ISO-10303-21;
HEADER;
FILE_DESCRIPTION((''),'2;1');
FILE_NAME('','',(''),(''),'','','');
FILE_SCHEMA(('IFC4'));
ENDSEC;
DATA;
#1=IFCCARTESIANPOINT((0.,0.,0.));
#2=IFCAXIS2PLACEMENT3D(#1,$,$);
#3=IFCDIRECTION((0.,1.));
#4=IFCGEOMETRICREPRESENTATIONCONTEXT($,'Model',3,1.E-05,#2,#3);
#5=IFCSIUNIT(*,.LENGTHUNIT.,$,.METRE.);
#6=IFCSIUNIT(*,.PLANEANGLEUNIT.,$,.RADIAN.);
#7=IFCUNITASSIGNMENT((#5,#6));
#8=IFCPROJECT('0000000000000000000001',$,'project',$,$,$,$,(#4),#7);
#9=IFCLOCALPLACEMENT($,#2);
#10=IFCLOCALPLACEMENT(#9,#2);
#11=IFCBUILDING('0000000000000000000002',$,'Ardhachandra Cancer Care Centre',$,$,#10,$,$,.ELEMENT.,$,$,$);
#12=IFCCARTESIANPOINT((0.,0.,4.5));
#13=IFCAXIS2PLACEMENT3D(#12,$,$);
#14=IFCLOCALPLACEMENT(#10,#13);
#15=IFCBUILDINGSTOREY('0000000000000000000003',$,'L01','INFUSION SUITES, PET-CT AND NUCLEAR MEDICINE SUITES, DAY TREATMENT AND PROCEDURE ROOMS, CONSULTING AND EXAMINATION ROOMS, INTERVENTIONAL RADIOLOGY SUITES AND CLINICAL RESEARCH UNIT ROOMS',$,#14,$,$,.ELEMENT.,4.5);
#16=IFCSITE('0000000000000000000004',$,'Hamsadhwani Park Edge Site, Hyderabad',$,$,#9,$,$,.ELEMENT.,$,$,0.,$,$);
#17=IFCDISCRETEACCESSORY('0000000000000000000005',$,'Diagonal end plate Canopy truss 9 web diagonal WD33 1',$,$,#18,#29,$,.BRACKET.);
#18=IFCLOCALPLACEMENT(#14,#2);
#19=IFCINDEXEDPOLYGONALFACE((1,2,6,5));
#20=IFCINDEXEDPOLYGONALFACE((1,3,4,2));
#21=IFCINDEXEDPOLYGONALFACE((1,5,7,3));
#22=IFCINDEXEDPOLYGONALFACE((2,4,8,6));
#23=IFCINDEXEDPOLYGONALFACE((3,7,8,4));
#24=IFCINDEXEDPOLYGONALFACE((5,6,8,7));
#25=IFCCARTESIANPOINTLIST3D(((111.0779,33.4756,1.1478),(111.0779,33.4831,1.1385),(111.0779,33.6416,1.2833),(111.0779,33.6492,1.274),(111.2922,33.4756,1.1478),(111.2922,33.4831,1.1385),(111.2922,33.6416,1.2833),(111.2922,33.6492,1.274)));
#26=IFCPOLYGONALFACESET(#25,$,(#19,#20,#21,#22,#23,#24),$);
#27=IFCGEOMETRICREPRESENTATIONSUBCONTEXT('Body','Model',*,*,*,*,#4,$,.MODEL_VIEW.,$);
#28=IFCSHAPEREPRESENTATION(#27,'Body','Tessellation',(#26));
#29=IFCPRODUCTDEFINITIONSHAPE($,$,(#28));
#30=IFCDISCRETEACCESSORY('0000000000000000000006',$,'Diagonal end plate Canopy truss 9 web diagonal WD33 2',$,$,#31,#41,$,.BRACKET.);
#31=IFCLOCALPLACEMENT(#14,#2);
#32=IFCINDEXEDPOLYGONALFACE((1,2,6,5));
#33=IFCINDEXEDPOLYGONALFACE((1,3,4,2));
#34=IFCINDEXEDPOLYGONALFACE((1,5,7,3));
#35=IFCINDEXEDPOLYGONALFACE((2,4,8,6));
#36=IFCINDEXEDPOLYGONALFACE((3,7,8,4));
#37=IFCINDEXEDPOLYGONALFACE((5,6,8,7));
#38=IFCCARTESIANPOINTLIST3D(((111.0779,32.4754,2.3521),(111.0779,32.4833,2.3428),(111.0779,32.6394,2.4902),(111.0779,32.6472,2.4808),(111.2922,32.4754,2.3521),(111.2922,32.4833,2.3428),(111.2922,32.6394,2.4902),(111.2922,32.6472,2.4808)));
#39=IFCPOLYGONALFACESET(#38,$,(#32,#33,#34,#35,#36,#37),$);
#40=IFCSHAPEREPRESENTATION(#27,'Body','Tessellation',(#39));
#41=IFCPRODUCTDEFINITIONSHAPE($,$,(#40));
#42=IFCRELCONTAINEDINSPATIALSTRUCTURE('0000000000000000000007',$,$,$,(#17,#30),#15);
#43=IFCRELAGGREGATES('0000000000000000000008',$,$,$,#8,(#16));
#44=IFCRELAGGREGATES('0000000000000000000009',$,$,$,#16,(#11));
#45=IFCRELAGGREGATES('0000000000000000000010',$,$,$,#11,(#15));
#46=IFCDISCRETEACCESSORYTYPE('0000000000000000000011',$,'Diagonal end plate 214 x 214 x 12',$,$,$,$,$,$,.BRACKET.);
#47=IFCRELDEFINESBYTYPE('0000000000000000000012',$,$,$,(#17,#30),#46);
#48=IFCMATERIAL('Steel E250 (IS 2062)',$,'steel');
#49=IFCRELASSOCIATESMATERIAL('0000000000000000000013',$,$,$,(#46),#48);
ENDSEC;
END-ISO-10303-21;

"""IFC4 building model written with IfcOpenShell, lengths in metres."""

from ifc_helpers import new_model, si_unit, direction, frame, origin, origin_2d, place, context, subcontext, project, spatial, rectangle, extrude, material, material_profile, profile_set, type_object, element, save


model = new_model("IFC4")

# Units and contexts
model_context = context("Model", 3, precision=1e-05, world=origin(), true_north=direction((0.0, 1.0)))
body_context = subcontext(model_context, "Body", "Model", "MODEL_VIEW")
ifc_project = project(units=[si_unit("LENGTHUNIT", "METRE"), si_unit("PLANEANGLEUNIT", "RADIAN")], contexts=[model_context])

# Site, building, storey
site_placement = place(None, origin())
site = spatial("IfcSite", under=ifc_project, at=site_placement, Name="Hamsadhwani Park Edge Site, Hyderabad", CompositionType="ELEMENT", RefElevation=0.0)
building_placement = place(site_placement, origin())
building = spatial("IfcBuilding", under=site, at=building_placement, Name="Ardhachandra Cancer Care Centre", CompositionType="ELEMENT")
storey_placement = place(building_placement, frame((0.0, 0.0, 4.5)))
storey = spatial("IfcBuildingStorey", under=building, at=storey_placement, Name="L01", Description="INFUSION SUITES, PET-CT AND NUCLEAR MEDICINE SUITES, DAY TREATMENT AND PROCEDURE ROOMS, CONSULTING AND EXAMINATION ROOMS, INTERVENTIONAL RADIOLOGY SUITES AND CLINICAL RESEARCH UNIT ROOMS", CompositionType="ELEMENT", Elevation=4.5)

# Discrete accessories
ifc_material_1 = material(Name="Steel E250 (IS 2062)", Category="steel")
ifc_material_profile_1 = material_profile(ifc_material_1, rectangle(XDim=0.2144, YDim=0.2144, at=origin_2d()), Name="PL 214x214x12")
ifc_profile_set_1 = profile_set([ifc_material_profile_1], Name="Steel E250 (IS 2062)")
discrete_accessory_type = type_object("IfcDiscreteAccessoryType", Name="Diagonal end plate 214 x 214 x 12", PredefinedType="BRACKET", material=ifc_profile_set_1)
for number, where, z_axis, x_axis, name in (
    (1, (111.1851, 33.5662, 1.2063), (0.0, -0.632127, 0.774865), (1.0, 0.0, 0.0), "Diagonal end plate Canopy truss 9 web diagonal WD33 1"),
):
    element("IfcDiscreteAccessory", number, at=place(storey_placement, frame(where, z_axis=z_axis, x_axis=x_axis)), inside=storey, type_object=discrete_accessory_type, Name=name, PredefinedType="BRACKET", context=body_context, shape_type="SweptSolid", body=[
        extrude(rectangle(XDim=0.2144, YDim=0.2144, at=origin_2d()), origin(), (0.0, 0.0, 1.0), 0.012),
    ])
discrete_accessory_placement = place(storey_placement, frame((111.1851, 32.5574, 2.4211), z_axis=(0.0, 0.644136, -0.764911), x_axis=(-1.0, 0.0, 0.0)))
element("IfcDiscreteAccessory", 2, at=discrete_accessory_placement, inside=storey, type_object=discrete_accessory_type, Name="Diagonal end plate Canopy truss 9 web diagonal WD33 2", PredefinedType="BRACKET", context=body_context, shape_type="SweptSolid", body=[
    extrude(rectangle(XDim=0.2144, YDim=0.2144, at=origin_2d()), origin(), (0.0, 0.0, 1.0), 0.0122),
])

save(model, "model.ifc")
